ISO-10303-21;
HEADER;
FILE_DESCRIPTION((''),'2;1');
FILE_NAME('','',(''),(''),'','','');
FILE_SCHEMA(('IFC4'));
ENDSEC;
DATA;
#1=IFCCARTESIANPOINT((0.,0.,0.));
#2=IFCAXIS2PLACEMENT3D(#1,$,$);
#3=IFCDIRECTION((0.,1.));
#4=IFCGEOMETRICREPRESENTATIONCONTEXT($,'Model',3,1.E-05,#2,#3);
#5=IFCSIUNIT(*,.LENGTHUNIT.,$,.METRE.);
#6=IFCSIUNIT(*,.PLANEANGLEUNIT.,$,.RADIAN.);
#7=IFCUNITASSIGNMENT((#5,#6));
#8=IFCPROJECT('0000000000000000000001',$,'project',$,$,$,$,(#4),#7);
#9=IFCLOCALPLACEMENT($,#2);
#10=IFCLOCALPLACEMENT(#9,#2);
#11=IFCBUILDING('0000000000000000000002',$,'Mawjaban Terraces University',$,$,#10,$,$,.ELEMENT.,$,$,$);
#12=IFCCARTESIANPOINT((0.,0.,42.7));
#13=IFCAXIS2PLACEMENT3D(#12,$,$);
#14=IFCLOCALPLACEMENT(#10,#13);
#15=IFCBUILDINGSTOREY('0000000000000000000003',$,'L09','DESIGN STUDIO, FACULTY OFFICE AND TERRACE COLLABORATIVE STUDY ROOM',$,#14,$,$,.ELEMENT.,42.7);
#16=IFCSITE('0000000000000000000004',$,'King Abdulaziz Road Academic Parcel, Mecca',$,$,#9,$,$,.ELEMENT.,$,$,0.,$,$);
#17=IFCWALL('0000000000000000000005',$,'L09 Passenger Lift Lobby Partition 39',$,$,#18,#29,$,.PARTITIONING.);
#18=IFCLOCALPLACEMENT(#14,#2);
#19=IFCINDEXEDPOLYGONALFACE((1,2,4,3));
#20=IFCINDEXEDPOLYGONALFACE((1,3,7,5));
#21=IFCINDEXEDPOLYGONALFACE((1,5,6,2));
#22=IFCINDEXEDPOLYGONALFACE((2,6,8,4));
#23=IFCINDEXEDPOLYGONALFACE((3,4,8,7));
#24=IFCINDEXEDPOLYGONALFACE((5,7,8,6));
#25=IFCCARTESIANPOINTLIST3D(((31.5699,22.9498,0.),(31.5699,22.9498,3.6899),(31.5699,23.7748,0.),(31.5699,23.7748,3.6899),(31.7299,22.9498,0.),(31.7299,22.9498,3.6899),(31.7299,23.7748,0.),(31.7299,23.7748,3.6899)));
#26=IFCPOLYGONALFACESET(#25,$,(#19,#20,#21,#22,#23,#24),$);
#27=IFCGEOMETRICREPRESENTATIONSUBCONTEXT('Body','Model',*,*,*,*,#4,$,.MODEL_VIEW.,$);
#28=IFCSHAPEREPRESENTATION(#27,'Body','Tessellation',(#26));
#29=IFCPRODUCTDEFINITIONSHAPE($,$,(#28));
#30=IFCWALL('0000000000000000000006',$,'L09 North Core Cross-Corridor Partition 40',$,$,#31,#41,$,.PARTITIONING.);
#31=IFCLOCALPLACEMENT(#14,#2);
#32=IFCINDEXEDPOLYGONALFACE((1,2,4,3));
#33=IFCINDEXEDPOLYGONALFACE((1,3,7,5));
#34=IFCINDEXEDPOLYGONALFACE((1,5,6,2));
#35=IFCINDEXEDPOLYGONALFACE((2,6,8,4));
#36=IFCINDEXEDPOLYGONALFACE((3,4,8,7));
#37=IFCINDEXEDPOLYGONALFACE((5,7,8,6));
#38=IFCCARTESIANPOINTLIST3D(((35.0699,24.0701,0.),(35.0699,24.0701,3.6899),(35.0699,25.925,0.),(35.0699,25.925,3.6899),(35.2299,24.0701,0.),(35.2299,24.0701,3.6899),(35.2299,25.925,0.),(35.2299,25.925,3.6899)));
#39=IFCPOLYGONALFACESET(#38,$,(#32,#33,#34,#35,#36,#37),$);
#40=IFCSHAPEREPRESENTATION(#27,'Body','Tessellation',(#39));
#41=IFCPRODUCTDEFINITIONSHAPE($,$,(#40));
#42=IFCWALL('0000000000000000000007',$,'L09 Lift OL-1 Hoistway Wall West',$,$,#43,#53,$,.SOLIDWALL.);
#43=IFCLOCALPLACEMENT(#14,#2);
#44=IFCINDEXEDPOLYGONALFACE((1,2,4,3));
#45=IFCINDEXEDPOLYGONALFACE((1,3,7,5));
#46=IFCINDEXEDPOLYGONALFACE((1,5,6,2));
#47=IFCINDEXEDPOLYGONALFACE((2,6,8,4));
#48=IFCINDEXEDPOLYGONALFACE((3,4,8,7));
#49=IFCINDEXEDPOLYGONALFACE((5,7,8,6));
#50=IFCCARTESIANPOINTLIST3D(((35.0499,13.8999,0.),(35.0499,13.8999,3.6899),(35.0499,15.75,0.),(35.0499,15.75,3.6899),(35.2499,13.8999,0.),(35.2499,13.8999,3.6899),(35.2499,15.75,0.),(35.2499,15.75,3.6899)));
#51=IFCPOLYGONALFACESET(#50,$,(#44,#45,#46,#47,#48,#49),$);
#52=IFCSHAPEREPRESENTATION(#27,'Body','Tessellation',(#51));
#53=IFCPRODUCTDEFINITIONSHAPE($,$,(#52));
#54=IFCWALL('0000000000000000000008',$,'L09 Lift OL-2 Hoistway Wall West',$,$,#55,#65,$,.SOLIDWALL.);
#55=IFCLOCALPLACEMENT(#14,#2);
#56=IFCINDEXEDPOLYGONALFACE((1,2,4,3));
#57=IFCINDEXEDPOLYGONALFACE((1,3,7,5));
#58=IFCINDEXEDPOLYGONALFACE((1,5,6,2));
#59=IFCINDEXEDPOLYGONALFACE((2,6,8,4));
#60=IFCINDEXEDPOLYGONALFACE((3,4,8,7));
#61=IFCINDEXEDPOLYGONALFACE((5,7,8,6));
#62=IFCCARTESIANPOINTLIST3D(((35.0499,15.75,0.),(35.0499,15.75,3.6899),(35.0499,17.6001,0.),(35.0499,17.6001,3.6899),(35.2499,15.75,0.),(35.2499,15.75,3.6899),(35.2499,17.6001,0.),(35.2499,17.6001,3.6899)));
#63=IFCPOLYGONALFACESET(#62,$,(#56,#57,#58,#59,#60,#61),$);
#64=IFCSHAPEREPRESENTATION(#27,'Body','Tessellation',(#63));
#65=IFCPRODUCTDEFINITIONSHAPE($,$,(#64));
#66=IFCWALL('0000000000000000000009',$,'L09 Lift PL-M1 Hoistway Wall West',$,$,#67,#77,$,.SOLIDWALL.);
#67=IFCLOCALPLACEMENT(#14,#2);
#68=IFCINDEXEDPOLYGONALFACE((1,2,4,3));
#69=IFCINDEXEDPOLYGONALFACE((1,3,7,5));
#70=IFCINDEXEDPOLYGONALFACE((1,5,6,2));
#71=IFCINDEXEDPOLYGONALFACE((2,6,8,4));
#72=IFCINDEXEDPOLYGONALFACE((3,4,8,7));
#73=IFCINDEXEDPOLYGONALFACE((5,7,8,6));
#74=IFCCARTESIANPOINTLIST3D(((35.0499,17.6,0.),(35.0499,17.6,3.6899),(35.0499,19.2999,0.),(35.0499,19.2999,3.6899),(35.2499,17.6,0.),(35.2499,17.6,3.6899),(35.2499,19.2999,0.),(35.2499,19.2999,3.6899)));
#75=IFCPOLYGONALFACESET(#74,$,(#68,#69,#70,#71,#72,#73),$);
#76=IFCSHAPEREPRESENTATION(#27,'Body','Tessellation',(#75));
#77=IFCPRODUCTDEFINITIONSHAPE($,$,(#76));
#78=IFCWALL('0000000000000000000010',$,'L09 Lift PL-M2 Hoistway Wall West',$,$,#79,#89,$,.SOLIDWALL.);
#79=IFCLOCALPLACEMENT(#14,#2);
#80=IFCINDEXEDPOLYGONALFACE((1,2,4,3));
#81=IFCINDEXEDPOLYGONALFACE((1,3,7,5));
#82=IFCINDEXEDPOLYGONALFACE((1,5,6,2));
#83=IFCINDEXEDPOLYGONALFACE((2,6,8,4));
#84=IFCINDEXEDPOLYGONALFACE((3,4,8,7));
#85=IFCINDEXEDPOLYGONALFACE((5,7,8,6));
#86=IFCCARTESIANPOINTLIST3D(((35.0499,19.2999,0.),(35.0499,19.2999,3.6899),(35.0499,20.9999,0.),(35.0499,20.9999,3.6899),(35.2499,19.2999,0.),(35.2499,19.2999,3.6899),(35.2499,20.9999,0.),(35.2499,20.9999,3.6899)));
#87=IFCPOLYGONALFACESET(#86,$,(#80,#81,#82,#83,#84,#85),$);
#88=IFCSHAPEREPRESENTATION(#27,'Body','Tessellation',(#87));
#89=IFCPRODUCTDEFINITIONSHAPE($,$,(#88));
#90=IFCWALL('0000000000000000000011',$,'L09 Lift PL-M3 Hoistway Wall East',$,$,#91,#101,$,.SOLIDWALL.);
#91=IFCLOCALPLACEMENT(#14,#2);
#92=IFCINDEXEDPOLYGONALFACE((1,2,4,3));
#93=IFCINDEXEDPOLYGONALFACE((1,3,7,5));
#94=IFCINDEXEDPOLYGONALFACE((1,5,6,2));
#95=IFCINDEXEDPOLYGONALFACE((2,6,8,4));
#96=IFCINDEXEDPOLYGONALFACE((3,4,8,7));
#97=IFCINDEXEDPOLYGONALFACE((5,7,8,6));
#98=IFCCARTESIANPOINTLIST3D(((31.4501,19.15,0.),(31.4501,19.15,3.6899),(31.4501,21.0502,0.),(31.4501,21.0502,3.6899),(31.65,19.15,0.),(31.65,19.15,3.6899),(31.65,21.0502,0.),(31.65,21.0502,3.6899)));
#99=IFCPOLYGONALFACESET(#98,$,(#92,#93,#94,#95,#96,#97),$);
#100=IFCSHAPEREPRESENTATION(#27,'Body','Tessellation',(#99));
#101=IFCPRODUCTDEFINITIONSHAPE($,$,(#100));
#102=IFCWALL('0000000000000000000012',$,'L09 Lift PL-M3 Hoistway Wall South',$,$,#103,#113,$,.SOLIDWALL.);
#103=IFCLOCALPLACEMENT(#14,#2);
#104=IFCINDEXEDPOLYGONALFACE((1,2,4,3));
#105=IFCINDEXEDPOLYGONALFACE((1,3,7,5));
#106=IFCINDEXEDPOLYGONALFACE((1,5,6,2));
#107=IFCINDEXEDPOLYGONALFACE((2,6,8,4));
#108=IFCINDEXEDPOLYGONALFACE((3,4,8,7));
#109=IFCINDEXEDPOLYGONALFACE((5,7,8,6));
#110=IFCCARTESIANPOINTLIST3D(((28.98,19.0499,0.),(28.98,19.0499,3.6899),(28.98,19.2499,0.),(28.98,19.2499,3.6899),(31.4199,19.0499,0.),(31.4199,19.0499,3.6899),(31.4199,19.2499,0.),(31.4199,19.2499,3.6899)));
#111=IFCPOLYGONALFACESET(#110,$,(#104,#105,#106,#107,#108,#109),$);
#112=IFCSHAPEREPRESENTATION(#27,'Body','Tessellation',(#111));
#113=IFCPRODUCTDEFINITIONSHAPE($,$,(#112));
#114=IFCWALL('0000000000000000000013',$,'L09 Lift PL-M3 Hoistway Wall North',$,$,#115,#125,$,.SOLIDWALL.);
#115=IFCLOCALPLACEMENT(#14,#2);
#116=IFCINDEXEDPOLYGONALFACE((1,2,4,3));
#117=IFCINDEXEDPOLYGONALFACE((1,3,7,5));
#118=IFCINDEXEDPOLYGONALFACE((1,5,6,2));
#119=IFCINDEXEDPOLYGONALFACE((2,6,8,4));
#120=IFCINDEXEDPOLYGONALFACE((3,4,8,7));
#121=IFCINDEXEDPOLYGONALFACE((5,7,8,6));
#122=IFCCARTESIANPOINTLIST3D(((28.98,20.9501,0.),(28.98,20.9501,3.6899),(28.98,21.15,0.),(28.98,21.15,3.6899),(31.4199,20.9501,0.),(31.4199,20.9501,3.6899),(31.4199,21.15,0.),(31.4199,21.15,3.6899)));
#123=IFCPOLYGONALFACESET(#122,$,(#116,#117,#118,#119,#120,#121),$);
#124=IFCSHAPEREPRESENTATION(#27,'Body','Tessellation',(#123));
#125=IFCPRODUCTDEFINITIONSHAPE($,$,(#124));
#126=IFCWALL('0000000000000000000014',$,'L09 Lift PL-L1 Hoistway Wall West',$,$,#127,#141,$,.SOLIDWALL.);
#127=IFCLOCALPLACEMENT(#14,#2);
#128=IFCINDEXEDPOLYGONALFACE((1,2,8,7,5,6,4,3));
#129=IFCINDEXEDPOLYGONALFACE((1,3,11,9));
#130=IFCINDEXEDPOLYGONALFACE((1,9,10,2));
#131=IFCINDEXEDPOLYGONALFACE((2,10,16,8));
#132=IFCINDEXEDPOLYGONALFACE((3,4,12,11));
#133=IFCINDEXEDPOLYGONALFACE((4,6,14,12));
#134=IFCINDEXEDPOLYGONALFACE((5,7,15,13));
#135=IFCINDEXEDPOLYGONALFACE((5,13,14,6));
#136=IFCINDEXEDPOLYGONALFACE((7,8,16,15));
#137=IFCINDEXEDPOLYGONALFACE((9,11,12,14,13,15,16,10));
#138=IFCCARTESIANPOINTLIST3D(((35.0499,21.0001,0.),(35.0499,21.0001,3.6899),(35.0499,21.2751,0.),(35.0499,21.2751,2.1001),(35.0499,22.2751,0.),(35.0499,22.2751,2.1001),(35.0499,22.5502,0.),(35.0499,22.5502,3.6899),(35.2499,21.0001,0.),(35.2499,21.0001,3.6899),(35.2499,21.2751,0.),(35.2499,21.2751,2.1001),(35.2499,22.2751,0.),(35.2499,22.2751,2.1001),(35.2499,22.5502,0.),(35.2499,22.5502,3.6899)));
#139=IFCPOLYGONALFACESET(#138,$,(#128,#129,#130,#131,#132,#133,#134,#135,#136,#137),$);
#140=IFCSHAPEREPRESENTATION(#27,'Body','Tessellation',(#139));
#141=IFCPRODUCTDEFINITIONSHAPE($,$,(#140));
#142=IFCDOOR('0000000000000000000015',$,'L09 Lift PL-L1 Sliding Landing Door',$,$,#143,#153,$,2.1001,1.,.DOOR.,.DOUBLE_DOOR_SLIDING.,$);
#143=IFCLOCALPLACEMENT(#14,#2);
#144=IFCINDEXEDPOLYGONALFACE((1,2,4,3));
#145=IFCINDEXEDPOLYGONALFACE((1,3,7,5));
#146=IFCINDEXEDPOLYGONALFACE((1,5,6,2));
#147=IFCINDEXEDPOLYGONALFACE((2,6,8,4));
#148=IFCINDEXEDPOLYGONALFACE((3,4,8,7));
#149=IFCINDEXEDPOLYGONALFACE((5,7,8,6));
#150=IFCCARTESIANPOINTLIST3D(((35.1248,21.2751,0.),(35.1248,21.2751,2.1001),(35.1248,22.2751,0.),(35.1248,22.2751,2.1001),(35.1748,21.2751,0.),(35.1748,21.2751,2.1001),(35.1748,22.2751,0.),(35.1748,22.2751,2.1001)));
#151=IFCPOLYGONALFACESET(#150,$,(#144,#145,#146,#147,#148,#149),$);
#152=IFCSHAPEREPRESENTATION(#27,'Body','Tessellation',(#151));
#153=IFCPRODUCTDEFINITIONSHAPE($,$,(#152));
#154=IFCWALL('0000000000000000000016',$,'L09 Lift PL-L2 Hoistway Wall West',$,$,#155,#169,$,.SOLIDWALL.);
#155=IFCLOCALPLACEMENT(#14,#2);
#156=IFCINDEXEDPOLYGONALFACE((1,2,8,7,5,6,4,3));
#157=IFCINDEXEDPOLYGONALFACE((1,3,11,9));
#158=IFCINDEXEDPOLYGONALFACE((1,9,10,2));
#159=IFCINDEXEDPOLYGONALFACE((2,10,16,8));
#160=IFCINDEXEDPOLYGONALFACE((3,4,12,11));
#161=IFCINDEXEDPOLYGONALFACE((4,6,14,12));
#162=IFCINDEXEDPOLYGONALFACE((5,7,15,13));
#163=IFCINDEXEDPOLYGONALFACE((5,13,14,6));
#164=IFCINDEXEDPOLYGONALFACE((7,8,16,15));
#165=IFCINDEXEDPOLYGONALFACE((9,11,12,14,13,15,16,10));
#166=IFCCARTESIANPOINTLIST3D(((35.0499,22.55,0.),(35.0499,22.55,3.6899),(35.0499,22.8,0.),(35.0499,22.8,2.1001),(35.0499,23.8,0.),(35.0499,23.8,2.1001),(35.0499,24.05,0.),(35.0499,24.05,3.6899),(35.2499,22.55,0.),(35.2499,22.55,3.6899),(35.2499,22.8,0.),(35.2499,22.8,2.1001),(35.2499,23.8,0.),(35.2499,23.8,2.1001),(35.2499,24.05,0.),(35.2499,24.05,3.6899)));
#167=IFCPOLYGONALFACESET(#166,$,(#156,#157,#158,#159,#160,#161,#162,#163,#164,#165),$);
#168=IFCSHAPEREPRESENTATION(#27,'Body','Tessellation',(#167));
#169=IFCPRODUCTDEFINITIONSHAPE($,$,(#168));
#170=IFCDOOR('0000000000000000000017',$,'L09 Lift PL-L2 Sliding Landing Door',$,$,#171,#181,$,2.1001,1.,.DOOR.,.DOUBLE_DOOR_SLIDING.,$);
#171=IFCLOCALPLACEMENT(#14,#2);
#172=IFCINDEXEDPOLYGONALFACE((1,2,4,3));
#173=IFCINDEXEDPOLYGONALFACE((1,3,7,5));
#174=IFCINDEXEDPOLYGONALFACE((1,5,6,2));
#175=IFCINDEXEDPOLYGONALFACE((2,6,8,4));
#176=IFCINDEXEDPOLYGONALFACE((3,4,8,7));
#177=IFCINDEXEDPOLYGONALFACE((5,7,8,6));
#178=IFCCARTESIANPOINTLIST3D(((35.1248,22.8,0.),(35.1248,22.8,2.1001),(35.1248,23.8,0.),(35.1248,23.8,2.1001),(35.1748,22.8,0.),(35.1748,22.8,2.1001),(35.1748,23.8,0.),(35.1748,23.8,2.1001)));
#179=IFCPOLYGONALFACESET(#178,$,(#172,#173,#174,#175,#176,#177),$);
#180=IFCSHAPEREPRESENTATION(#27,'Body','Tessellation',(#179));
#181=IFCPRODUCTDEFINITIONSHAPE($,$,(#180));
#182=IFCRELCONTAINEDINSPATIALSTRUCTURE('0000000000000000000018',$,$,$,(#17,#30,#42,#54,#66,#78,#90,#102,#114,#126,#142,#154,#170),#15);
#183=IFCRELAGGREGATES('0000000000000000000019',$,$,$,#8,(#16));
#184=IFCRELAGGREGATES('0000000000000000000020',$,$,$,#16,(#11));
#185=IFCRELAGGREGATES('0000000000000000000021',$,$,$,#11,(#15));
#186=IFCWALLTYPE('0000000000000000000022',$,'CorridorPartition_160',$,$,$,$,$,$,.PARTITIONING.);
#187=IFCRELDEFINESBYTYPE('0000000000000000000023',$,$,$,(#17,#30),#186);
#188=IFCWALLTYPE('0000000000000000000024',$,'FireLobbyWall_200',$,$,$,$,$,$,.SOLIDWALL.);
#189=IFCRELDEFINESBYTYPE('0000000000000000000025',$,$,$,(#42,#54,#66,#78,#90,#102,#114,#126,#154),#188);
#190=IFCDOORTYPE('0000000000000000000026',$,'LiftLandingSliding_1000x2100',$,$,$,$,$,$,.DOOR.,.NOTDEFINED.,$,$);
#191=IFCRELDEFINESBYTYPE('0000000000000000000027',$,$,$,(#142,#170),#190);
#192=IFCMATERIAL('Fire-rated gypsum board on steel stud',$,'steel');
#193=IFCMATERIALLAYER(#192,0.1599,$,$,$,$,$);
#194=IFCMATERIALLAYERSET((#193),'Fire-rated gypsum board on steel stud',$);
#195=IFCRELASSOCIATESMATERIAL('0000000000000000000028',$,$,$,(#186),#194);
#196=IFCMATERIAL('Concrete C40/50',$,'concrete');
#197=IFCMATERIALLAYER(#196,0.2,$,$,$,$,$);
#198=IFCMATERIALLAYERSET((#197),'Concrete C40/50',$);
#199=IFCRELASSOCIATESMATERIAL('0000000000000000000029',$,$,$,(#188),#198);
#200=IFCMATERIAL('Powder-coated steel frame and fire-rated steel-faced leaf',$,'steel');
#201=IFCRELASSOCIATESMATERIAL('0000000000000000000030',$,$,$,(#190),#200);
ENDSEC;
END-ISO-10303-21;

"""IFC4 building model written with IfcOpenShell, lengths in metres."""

from ifc_helpers import new_model, si_unit, direction, frame, frame_2d, origin, place, context, subcontext, project, spatial, rectangle, extrude, material, layer, layer_set, type_object, element, fill, save


model = new_model("IFC4")

# Units and contexts
model_context = context("Model", 3, precision=1e-05, world=origin(), true_north=direction((0.0, 1.0)))
body_context = subcontext(model_context, "Body", "Model", "MODEL_VIEW")
ifc_project = project(units=[si_unit("LENGTHUNIT", "METRE"), si_unit("PLANEANGLEUNIT", "RADIAN")], contexts=[model_context])

# Site, building, storey
site_placement = place(None, origin())
site = spatial("IfcSite", under=ifc_project, at=site_placement, Name="King Abdulaziz Road Academic Parcel, Mecca", CompositionType="ELEMENT", RefElevation=0.0)
building_placement = place(site_placement, origin())
building = spatial("IfcBuilding", under=site, at=building_placement, Name="Mawjaban Terraces University", CompositionType="ELEMENT")
storey_placement = place(building_placement, frame((0.0, 0.0, 42.7)))
storey = spatial("IfcBuildingStorey", under=building, at=storey_placement, Name="L09", Description="DESIGN STUDIO, FACULTY OFFICE AND TERRACE COLLABORATIVE STUDY ROOM", CompositionType="ELEMENT", Elevation=42.7)

# Walls
ifc_material_1 = material(Name="Fire-rated gypsum board on steel stud", Category="steel")
ifc_layer_1 = layer(ifc_material_1, 0.1599)
ifc_layer_set_1 = layer_set([ifc_layer_1], Name="Fire-rated gypsum board on steel stud")
wall_type_1 = type_object("IfcWallType", Name="CorridorPartition_160", PredefinedType="PARTITIONING", material=ifc_layer_set_1)
wall_1_placement = place(storey_placement, frame((31.6499, 23.7749, 0.0), z_axis=(0.0, 0.0, 1.0), x_axis=(0.0, -1.0, 0.0)))
element("IfcWall", 1, at=wall_1_placement, inside=storey, type_object=wall_type_1, Name="L09 Passenger Lift Lobby Partition 39", PredefinedType="PARTITIONING", context=body_context, shape_type="SweptSolid", body=[
    extrude(rectangle(XDim=0.825, YDim=0.1599, at=frame_2d((0.4126, 0.0))), origin(), (0.0, 0.0, 1.0), 3.6899),
])
wall_2_placement = place(storey_placement, frame((35.1499, 24.0701, 0.0), z_axis=(0.0, 0.0, 1.0), x_axis=(0.0, 1.0, 0.0)))
element("IfcWall", 2, at=wall_2_placement, inside=storey, type_object=wall_type_1, Name="L09 North Core Cross-Corridor Partition 40", PredefinedType="PARTITIONING", context=body_context, shape_type="SweptSolid", body=[
    extrude(rectangle(XDim=1.855, YDim=0.1599, at=frame_2d((0.9275, 0.0))), origin(), (0.0, 0.0, 1.0), 3.6899),
])
ifc_material_2 = material(Name="Concrete C40/50", Category="concrete")
ifc_layer_2 = layer(ifc_material_2, 0.2)
ifc_layer_set_2 = layer_set([ifc_layer_2], Name="Concrete C40/50")
wall_type_2 = type_object("IfcWallType", Name="FireLobbyWall_200", PredefinedType="SOLIDWALL", material=ifc_layer_set_2)
for number, where, z_axis, x_axis, name in (
    (3, (35.1499, 15.75, 0.0), (0.0, 0.0, 1.0), (0.0, -1.0, 0.0), "L09 Lift OL-1 Hoistway Wall West"),
    (4, (35.1499, 17.6001, 0.0), (0.0, 0.0, 1.0), (0.0, -1.0, 0.0), "L09 Lift OL-2 Hoistway Wall West"),
):
    element("IfcWall", number, at=place(storey_placement, frame(where, z_axis=z_axis, x_axis=x_axis)), inside=storey, type_object=wall_type_2, Name=name, PredefinedType="SOLIDWALL", context=body_context, shape_type="SweptSolid", body=[
        extrude(rectangle(XDim=1.8501, YDim=0.2, at=frame_2d((0.925, 0.0))), origin(), (0.0, 0.0, 1.0), 3.6899),
    ])
for number, where, z_axis, x_axis, name in (
    (5, (35.1499, 19.3, 0.0), (0.0, 0.0, 1.0), (0.0, -1.0, 0.0), "L09 Lift PL-M1 Hoistway Wall West"),
    (6, (35.1499, 21.0, 0.0), (0.0, 0.0, 1.0), (0.0, -1.0, 0.0), "L09 Lift PL-M2 Hoistway Wall West"),
):
    element("IfcWall", number, at=place(storey_placement, frame(where, z_axis=z_axis, x_axis=x_axis)), inside=storey, type_object=wall_type_2, Name=name, PredefinedType="SOLIDWALL", context=body_context, shape_type="SweptSolid", body=[
        extrude(rectangle(XDim=1.7, YDim=0.2, at=frame_2d((0.8501, 0.0))), origin(), (0.0, 0.0, 1.0), 3.6899),
    ])
wall_3_placement = place(storey_placement, frame((31.55, 19.1499, 0.0), z_axis=(0.0, 0.0, 1.0), x_axis=(0.0, 1.0, 0.0)))
element("IfcWall", 7, at=wall_3_placement, inside=storey, type_object=wall_type_2, Name="L09 Lift PL-M3 Hoistway Wall East", PredefinedType="SOLIDWALL", context=body_context, shape_type="SweptSolid", body=[
    extrude(rectangle(XDim=1.9001, YDim=0.2, at=frame_2d((0.9502, 0.0))), origin(), (0.0, 0.0, 1.0), 3.6899),
])
for number, where, z_axis, x_axis, name in (
    (8, (28.98, 19.1499, 0.0), (0.0, 0.0, 1.0), (1.0, 0.0, 0.0), "L09 Lift PL-M3 Hoistway Wall South"),
    (9, (31.4199, 21.05, 0.0), (0.0, 0.0, 1.0), (-1.0, 0.0, 0.0), "L09 Lift PL-M3 Hoistway Wall North"),
):
    element("IfcWall", number, at=place(storey_placement, frame(where, z_axis=z_axis, x_axis=x_axis)), inside=storey, type_object=wall_type_2, Name=name, PredefinedType="SOLIDWALL", context=body_context, shape_type="SweptSolid", body=[
        extrude(rectangle(XDim=2.4399, YDim=0.2, at=frame_2d((1.22, 0.0))), origin(), (0.0, 0.0, 1.0), 3.6899),
    ])

# Walls, openings, doors
wall_4_placement = place(storey_placement, frame((35.1499, 22.55, 0.0), z_axis=(0.0, 0.0, 1.0), x_axis=(0.0, -1.0, 0.0)))
wall_4 = element("IfcWall", 10, at=wall_4_placement, inside=storey, type_object=wall_type_2, Name="L09 Lift PL-L1 Hoistway Wall West", PredefinedType="SOLIDWALL", context=body_context, shape_type="SweptSolid", body=[
    extrude(rectangle(XDim=1.55, YDim=0.2, at=frame_2d((0.7749, 0.0))), origin(), (0.0, 0.0, 1.0), 3.6899),
])
opening_1_placement = place(wall_4_placement, frame((0.2749, 0.0, 0.0)))
opening_1 = element("IfcOpeningElement", 11, at=opening_1_placement, cuts=wall_4, PredefinedType="OPENING", context=body_context, shape_type="SweptSolid", body=[
    extrude(rectangle(XDim=1.0, YDim=2.1001, at=frame_2d((0.5, 1.05))), frame((0.0, 0.1099, 0.0), z_axis=(0.0, -1.0, 0.0), x_axis=(1.0, 0.0, 0.0)), (0.0, 0.0, 1.0), 0.22),
])
ifc_material_3 = material(Name="Powder-coated steel frame and fire-rated steel-faced leaf", Category="steel")
door_type_1 = type_object("IfcDoorType", Name="LiftLandingSliding_1000x2100", OperationType="NOTDEFINED", PredefinedType="DOOR", material=ifc_material_3)
door_1_placement = place(opening_1_placement, origin())
door_1 = element("IfcDoor", 12, at=door_1_placement, inside=storey, type_object=door_type_1, Name="L09 Lift PL-L1 Sliding Landing Door", OperationType="DOUBLE_DOOR_SLIDING", OverallHeight=2.1001, OverallWidth=1.0, PredefinedType="DOOR", context=body_context, shape_type="SweptSolid", body=[
    extrude(rectangle(XDim=1.0, YDim=2.1001, at=frame_2d((0.5, 1.05))), frame((0.0, 0.0249, 0.0), z_axis=(0.0, -1.0, 0.0), x_axis=(1.0, 0.0, 0.0)), (0.0, 0.0, 1.0), 0.05),
])
fill(opening_1, door_1)
wall_5_placement = place(storey_placement, frame((35.1499, 24.05, 0.0), z_axis=(0.0, 0.0, 1.0), x_axis=(0.0, -1.0, 0.0)))
wall_5 = element("IfcWall", 13, at=wall_5_placement, inside=storey, type_object=wall_type_2, Name="L09 Lift PL-L2 Hoistway Wall West", PredefinedType="SOLIDWALL", context=body_context, shape_type="SweptSolid", body=[
    extrude(rectangle(XDim=1.5, YDim=0.2, at=frame_2d((0.75, 0.0))), origin(), (0.0, 0.0, 1.0), 3.6899),
])
opening_2_placement = place(wall_5_placement, frame((0.25, 0.0, 0.0)))
opening_2 = element("IfcOpeningElement", 14, at=opening_2_placement, cuts=wall_5, PredefinedType="OPENING", context=body_context, shape_type="SweptSolid", body=[
    extrude(rectangle(XDim=1.0, YDim=2.1001, at=frame_2d((0.5, 1.05))), frame((0.0, 0.1099, 0.0), z_axis=(0.0, -1.0, 0.0), x_axis=(1.0, 0.0, 0.0)), (0.0, 0.0, 1.0), 0.22),
])
door_2_placement = place(opening_2_placement, origin())
door_2 = element("IfcDoor", 15, at=door_2_placement, inside=storey, type_object=door_type_1, Name="L09 Lift PL-L2 Sliding Landing Door", OperationType="DOUBLE_DOOR_SLIDING", OverallHeight=2.1001, OverallWidth=1.0, PredefinedType="DOOR", context=body_context, shape_type="SweptSolid", body=[
    extrude(rectangle(XDim=1.0, YDim=2.1001, at=frame_2d((0.5, 1.05))), frame((0.0, 0.0249, 0.0), z_axis=(0.0, -1.0, 0.0), x_axis=(1.0, 0.0, 0.0)), (0.0, 0.0, 1.0), 0.05),
])
fill(opening_2, door_2)

save(model, "model.ifc")
